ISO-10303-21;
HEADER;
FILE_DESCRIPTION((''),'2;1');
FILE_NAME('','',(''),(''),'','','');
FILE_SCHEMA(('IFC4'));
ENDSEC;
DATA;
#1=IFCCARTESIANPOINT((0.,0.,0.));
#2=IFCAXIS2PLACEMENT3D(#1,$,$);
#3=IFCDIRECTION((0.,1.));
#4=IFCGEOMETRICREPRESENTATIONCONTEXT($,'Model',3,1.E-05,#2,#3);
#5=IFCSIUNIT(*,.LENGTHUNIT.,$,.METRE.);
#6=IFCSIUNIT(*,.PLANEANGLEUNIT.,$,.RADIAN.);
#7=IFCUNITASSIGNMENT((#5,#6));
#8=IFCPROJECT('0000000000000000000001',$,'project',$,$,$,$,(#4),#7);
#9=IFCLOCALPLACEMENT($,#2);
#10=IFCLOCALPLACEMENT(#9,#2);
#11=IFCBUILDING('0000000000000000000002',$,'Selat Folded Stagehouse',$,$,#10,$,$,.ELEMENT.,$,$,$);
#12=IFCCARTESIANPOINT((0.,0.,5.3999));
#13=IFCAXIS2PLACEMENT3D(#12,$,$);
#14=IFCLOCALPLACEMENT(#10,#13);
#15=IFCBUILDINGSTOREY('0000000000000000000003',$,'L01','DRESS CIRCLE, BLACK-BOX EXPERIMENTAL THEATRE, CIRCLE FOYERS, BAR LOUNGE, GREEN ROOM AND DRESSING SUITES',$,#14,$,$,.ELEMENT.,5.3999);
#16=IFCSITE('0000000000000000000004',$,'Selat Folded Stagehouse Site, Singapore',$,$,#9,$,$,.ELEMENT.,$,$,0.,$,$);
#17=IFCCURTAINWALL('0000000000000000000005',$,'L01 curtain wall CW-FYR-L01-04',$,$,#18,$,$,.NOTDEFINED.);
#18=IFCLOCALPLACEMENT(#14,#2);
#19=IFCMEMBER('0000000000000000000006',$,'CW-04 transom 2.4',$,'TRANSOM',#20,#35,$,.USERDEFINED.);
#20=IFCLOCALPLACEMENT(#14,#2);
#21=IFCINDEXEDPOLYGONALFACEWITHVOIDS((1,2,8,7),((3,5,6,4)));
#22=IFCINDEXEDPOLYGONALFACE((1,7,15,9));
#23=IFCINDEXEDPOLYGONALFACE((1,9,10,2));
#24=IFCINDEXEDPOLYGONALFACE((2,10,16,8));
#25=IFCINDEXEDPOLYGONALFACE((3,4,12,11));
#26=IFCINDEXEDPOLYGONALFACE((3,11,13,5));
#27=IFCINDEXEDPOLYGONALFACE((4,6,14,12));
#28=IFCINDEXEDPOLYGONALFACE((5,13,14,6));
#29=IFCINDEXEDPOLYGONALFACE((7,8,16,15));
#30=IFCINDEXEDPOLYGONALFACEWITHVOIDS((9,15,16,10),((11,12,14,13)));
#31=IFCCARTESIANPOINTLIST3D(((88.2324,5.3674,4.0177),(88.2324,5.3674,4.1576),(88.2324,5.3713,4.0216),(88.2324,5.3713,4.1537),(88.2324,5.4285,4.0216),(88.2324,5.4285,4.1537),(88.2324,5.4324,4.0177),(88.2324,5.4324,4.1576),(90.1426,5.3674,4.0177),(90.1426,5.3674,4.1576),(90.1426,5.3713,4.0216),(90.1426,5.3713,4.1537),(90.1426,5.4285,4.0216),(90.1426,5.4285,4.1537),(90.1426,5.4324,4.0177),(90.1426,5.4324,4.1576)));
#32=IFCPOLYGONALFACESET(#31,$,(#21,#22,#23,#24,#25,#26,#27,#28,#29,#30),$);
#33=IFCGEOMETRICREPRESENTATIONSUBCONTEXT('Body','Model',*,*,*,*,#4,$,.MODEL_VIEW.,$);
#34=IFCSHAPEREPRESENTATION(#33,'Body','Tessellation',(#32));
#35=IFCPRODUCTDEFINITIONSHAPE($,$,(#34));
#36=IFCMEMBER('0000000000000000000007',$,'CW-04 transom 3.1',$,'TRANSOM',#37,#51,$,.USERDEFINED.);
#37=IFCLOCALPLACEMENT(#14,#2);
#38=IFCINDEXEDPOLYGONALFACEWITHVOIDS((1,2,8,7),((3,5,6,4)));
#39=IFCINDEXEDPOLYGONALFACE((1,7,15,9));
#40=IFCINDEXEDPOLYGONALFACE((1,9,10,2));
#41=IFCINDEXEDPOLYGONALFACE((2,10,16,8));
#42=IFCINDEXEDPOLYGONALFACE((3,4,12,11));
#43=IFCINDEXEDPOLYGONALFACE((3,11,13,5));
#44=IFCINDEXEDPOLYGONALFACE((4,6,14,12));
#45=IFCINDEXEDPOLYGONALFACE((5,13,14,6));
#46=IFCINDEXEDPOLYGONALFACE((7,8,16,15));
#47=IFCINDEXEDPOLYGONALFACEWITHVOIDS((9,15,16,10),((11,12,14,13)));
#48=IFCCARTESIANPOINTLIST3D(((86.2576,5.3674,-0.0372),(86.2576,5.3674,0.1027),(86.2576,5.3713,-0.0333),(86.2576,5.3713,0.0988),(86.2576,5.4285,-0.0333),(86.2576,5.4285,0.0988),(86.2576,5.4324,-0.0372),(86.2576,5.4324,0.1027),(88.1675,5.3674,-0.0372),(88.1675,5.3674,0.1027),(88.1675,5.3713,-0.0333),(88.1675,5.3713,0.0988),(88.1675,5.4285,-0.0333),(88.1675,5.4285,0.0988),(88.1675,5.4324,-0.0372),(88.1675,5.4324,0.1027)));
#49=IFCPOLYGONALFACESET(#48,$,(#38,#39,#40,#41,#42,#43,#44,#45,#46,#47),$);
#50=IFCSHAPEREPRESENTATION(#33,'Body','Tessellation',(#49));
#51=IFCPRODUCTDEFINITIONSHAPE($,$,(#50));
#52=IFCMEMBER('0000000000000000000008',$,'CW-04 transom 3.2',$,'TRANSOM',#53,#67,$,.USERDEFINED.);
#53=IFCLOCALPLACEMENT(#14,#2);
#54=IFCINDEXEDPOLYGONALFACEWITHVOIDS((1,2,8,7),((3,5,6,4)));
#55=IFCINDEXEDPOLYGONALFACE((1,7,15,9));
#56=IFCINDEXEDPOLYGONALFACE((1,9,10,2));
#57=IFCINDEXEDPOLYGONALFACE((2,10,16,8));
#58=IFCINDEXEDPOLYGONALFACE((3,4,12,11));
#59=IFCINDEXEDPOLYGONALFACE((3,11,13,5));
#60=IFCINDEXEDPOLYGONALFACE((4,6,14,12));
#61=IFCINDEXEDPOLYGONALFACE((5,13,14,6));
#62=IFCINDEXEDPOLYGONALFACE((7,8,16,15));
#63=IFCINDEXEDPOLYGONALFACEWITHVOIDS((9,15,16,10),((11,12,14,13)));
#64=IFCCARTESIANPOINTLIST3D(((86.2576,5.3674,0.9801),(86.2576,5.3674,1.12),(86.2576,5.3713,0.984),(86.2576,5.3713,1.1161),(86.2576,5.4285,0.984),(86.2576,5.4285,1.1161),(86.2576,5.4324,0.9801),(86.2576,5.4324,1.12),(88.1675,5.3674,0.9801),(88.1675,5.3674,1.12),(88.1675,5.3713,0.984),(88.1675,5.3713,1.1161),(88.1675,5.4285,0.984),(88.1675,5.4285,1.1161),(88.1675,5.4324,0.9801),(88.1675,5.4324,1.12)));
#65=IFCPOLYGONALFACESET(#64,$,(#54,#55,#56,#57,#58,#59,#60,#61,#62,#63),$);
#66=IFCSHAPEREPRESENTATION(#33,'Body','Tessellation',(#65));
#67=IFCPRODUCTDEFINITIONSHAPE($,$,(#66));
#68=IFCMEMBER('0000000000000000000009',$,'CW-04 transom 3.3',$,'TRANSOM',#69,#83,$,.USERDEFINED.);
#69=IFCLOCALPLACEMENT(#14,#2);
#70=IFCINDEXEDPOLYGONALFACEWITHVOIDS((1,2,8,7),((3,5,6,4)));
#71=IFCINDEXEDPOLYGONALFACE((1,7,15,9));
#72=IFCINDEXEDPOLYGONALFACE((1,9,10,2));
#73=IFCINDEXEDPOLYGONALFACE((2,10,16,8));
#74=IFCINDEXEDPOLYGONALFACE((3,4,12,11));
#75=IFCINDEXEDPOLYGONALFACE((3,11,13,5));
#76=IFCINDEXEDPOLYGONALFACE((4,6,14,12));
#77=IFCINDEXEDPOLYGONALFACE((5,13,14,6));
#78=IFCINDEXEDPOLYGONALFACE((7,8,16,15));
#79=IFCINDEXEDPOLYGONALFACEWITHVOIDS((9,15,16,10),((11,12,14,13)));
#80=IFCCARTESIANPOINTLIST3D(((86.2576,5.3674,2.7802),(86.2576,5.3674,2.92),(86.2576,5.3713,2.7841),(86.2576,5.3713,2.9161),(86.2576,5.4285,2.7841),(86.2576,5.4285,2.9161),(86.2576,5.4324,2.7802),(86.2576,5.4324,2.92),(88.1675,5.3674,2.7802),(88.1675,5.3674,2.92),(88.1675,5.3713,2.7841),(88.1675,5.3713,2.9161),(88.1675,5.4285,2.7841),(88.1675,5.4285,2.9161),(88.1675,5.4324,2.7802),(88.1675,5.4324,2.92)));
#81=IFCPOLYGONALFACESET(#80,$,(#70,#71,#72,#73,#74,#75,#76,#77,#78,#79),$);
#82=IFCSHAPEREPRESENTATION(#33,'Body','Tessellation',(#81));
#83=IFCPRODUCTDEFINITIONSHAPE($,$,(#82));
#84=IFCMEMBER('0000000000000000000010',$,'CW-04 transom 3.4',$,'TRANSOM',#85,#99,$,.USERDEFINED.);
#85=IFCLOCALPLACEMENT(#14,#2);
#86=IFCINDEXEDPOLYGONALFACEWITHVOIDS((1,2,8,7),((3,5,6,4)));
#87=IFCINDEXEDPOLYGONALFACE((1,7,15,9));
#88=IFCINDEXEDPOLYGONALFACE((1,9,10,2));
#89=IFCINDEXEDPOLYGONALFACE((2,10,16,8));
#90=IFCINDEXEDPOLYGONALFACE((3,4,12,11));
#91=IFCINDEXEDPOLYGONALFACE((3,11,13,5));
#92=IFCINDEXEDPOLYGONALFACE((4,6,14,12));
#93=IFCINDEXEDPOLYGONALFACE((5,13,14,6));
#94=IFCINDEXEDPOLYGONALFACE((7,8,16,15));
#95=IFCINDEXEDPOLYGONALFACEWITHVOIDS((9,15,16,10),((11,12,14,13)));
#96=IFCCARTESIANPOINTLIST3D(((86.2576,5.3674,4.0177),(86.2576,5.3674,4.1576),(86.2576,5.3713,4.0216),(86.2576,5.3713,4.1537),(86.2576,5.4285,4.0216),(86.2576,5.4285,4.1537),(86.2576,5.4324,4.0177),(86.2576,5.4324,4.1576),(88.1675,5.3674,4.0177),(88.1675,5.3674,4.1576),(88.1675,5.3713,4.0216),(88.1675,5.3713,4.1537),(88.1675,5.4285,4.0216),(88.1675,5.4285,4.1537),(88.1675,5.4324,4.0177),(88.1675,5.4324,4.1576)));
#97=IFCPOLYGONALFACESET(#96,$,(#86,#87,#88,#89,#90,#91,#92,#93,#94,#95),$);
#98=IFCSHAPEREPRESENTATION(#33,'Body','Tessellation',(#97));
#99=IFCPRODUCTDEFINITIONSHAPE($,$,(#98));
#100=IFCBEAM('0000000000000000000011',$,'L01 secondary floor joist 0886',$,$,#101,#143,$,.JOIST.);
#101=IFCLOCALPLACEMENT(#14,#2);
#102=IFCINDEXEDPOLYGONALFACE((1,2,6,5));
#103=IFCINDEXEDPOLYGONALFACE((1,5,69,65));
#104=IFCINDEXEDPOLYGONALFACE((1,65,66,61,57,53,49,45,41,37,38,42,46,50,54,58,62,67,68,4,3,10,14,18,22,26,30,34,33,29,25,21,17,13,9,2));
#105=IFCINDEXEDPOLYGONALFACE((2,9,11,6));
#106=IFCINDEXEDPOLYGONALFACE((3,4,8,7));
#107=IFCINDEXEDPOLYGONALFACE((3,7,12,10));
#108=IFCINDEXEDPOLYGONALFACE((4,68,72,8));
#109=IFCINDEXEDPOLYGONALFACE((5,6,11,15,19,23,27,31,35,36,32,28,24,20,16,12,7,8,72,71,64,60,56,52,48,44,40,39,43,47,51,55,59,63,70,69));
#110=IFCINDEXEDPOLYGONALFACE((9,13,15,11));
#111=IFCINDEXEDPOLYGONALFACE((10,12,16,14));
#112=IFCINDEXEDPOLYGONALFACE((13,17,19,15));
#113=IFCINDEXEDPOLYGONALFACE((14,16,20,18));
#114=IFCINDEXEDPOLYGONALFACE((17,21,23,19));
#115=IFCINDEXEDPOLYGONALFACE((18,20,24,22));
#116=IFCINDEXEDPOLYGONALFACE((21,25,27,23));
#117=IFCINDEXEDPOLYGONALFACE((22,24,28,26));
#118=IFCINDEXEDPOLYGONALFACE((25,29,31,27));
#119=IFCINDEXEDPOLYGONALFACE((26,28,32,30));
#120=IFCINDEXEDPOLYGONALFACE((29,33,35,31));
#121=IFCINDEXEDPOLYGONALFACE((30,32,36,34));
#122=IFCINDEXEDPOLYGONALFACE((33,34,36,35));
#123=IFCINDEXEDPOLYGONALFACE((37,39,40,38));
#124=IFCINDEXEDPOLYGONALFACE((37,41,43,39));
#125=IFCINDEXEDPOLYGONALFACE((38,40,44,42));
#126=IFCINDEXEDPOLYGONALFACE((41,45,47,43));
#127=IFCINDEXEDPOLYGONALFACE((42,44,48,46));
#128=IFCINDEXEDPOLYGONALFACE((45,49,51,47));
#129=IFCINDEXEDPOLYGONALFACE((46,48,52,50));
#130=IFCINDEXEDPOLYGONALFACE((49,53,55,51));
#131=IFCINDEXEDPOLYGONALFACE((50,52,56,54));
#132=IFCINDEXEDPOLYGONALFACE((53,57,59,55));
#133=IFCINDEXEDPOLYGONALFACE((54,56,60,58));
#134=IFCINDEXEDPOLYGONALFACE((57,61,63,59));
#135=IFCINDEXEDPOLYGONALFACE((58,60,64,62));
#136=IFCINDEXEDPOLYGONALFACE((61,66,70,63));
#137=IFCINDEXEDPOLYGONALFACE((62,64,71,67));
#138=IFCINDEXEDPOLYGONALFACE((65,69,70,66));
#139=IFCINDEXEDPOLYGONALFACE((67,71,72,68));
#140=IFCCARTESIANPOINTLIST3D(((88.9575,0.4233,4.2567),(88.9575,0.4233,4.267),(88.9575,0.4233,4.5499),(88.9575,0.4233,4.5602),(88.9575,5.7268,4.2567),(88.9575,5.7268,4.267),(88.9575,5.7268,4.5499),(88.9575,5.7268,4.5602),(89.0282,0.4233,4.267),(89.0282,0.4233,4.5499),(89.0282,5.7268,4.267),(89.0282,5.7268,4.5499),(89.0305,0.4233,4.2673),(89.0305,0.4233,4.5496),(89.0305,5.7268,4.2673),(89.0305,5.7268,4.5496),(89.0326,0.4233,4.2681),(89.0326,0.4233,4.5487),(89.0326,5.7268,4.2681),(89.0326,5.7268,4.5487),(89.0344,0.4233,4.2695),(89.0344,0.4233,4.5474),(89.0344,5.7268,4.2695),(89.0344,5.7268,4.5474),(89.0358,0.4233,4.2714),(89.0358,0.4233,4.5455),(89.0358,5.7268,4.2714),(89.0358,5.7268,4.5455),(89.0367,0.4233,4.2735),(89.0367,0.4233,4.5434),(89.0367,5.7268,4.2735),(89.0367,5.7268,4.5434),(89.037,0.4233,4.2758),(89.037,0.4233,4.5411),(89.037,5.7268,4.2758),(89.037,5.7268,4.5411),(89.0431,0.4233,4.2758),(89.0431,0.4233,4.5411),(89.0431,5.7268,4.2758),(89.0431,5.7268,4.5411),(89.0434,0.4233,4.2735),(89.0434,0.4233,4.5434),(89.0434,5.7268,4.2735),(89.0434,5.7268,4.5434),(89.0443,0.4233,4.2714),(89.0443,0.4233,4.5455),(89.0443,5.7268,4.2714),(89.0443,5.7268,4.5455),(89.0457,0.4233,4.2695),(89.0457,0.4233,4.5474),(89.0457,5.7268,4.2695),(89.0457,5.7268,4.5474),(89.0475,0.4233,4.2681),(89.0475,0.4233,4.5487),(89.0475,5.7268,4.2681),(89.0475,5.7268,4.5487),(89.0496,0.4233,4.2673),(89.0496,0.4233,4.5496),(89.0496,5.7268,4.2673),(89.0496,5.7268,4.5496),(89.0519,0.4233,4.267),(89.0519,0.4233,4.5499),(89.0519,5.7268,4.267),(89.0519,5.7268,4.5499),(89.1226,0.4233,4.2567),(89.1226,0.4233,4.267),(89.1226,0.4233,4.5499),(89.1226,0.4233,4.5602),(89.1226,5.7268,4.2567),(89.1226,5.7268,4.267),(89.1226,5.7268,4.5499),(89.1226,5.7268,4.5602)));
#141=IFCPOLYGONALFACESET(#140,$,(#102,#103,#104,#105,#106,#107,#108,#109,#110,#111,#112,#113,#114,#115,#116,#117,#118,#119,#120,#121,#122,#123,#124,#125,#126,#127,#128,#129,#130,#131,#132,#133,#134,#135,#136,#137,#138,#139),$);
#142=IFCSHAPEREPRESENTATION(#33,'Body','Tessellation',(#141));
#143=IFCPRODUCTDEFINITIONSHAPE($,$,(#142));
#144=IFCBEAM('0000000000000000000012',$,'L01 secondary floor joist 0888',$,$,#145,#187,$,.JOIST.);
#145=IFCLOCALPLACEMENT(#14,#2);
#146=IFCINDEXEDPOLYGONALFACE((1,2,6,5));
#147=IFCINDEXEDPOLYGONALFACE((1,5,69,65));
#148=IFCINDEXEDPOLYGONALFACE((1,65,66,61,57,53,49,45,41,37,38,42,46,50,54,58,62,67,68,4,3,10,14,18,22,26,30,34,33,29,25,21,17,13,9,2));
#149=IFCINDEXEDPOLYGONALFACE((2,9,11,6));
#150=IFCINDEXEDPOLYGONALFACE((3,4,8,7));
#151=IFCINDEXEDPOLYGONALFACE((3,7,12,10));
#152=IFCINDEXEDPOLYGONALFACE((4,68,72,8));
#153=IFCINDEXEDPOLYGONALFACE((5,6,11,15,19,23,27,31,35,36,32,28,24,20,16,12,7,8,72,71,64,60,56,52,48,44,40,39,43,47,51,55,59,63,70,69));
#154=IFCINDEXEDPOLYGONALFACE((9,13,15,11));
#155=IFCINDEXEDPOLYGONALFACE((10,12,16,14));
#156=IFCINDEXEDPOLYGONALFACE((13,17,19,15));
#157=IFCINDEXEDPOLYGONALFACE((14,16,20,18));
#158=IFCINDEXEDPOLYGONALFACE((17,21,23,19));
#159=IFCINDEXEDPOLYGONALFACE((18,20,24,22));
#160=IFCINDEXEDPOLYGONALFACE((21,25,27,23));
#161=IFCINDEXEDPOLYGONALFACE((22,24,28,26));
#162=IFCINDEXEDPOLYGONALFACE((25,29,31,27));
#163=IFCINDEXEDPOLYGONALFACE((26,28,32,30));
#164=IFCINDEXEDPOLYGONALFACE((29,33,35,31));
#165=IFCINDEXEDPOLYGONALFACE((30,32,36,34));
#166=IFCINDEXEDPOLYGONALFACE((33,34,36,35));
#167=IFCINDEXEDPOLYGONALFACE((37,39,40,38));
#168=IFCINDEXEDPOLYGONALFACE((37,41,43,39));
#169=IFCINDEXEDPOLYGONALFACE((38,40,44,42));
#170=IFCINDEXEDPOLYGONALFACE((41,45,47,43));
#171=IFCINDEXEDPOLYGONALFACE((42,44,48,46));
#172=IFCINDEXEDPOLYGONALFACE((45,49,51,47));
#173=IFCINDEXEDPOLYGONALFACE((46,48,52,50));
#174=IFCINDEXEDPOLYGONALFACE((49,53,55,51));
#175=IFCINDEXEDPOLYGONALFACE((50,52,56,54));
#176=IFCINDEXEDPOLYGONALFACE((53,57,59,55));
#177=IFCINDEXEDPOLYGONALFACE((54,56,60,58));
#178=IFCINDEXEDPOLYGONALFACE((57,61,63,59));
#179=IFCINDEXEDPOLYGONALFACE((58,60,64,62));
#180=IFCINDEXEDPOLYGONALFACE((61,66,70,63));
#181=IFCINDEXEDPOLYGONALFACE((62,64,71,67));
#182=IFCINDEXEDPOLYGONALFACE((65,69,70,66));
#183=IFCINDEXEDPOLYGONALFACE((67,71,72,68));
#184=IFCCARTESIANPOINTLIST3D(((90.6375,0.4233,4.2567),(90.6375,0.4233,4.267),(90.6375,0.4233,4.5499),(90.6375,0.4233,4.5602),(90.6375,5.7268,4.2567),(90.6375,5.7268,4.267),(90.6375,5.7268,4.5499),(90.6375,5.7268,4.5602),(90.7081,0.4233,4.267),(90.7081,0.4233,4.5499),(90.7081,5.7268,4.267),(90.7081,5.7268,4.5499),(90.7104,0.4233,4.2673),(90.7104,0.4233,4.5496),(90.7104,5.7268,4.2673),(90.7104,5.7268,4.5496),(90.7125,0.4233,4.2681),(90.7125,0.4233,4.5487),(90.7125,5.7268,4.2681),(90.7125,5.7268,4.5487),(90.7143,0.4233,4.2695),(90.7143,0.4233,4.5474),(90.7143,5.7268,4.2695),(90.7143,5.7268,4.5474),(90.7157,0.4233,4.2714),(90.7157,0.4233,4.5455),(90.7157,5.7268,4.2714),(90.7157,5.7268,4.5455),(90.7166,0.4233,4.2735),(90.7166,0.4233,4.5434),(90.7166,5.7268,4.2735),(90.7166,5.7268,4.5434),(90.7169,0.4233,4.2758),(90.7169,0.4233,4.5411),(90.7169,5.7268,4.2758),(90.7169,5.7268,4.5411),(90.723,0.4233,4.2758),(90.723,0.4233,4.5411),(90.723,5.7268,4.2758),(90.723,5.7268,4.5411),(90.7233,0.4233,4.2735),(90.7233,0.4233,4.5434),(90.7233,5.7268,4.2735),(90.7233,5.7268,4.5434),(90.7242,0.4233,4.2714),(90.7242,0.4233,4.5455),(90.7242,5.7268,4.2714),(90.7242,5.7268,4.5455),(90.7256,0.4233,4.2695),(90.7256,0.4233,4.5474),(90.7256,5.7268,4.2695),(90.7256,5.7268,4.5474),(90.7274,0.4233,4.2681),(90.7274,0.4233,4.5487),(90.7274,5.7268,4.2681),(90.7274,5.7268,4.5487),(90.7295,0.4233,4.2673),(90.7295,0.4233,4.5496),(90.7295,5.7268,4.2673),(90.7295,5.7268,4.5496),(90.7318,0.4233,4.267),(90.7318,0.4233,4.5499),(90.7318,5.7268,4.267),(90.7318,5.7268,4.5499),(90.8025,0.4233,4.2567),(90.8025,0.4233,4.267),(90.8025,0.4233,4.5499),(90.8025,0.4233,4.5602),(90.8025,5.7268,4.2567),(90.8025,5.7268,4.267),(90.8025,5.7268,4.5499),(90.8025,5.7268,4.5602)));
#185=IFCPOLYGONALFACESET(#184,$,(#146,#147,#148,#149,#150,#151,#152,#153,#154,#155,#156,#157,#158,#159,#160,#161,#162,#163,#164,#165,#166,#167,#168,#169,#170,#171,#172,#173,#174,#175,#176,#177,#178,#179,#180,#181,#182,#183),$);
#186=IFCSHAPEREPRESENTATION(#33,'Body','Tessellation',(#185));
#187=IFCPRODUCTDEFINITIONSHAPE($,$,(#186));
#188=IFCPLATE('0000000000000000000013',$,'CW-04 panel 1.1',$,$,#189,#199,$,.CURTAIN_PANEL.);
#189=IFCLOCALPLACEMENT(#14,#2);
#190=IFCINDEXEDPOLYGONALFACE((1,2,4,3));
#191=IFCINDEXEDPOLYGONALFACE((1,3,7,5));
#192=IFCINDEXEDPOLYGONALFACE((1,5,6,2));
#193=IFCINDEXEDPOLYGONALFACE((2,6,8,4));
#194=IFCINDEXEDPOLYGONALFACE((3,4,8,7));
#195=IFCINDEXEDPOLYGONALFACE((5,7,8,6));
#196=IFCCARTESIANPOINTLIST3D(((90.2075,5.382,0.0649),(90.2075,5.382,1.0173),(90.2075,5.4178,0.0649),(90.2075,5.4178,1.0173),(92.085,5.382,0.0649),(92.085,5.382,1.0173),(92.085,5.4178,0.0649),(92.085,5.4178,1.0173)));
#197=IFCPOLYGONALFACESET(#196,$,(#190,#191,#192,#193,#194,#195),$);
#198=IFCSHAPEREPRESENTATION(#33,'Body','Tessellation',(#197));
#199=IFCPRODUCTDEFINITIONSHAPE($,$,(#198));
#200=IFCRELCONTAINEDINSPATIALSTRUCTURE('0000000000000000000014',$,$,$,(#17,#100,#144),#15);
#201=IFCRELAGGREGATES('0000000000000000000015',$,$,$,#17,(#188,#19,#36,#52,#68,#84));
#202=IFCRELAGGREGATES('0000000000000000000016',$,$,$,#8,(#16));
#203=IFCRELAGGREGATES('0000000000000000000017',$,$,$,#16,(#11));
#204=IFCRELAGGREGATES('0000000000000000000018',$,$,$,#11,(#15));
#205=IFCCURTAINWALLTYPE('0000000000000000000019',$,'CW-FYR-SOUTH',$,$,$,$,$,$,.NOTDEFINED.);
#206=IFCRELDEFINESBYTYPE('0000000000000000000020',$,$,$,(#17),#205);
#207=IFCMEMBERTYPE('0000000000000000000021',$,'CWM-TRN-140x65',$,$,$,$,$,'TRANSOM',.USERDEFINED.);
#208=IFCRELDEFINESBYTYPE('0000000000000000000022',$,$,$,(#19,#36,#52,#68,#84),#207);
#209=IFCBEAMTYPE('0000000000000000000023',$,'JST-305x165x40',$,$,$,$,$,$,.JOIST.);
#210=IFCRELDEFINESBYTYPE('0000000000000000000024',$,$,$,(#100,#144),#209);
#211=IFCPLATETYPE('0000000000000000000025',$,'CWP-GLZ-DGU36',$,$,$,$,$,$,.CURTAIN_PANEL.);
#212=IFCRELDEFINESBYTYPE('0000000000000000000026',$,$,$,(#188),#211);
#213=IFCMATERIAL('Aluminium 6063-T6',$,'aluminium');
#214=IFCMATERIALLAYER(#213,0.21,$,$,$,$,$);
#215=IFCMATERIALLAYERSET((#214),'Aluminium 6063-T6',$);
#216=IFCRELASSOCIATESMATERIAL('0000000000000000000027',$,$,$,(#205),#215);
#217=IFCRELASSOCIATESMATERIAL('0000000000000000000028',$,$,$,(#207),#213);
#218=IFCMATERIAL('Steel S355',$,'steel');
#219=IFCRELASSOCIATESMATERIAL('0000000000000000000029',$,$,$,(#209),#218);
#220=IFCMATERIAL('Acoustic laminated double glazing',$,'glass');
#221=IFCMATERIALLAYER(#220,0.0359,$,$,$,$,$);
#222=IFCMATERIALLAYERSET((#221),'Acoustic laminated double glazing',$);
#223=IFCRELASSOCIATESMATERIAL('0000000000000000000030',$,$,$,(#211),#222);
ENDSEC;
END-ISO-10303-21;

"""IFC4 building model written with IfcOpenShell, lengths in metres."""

from ifc_helpers import new_model, si_unit, direction, frame, origin, origin_2d, place, context, subcontext, project, spatial, rectangle, hollow_rectangle, i_section, extrude, material, layer, layer_set, material_profile, profile_set, type_object, element, aggregate, save


model = new_model("IFC4")

# Units and contexts
model_context = context("Model", 3, precision=1e-05, world=origin(), true_north=direction((0.0, 1.0)))
body_context = subcontext(model_context, "Body", "Model", "MODEL_VIEW")
ifc_project = project(units=[si_unit("LENGTHUNIT", "METRE"), si_unit("PLANEANGLEUNIT", "RADIAN")], contexts=[model_context])

# Site, building, storey
site_placement = place(None, origin())
site = spatial("IfcSite", under=ifc_project, at=site_placement, Name="Selat Folded Stagehouse Site, Singapore", CompositionType="ELEMENT", RefElevation=0.0)
building_placement = place(site_placement, origin())
building = spatial("IfcBuilding", under=site, at=building_placement, Name="Selat Folded Stagehouse", CompositionType="ELEMENT")
storey_placement = place(building_placement, frame((0.0, 0.0, 5.3999)))
storey = spatial("IfcBuildingStorey", under=building, at=storey_placement, Name="L01", Description="DRESS CIRCLE, BLACK-BOX EXPERIMENTAL THEATRE, CIRCLE FOYERS, BAR LOUNGE, GREEN ROOM AND DRESSING SUITES", CompositionType="ELEMENT", Elevation=5.3999)

# Shared definitions
ifc_material_1 = material(Name="Steel S355", Category="steel")

# Curtain wall, members
ifc_material_2 = material(Name="Aluminium 6063-T6", Category="aluminium")
ifc_layer_1 = layer(ifc_material_2, 0.21)
ifc_layer_set_1 = layer_set([ifc_layer_1], Name="Aluminium 6063-T6")
curtain_wall_type = type_object("IfcCurtainWallType", Name="CW-FYR-SOUTH", PredefinedType="NOTDEFINED", material=ifc_layer_set_1)
curtain_wall_placement = place(storey_placement, origin())
curtain_wall = element("IfcCurtainWall", 1, at=curtain_wall_placement, inside=storey, type_object=curtain_wall_type, Name="L01 curtain wall CW-FYR-L01-04", PredefinedType="NOTDEFINED")
ifc_material_profile_1 = material_profile(ifc_material_2, hollow_rectangle(XDim=0.0649, YDim=0.1399, WallThickness=0.0039, at=origin_2d()), Name="ALU 140x65x4.0")
ifc_profile_set_1 = profile_set([ifc_material_profile_1], Name="Aluminium 6063-T6")
member_type_1 = type_object("IfcMemberType", Name="CWM-TRN-140x65", ElementType="TRANSOM", PredefinedType="USERDEFINED", material=ifc_profile_set_1)
member_1_placement = place(storey_placement, frame((90.1426, 5.3999, 4.0876), z_axis=(-1.0, 0.0, 0.0), x_axis=(0.0, -1.0, 0.0)))
member_1 = element("IfcMember", 2, at=member_1_placement, type_object=member_type_1, Name="CW-04 transom 2.4", ObjectType="TRANSOM", PredefinedType="USERDEFINED", context=body_context, shape_type="SweptSolid", body=[
    extrude(hollow_rectangle(XDim=0.0649, YDim=0.1399, WallThickness=0.0039, at=origin_2d()), origin(), (0.0, 0.0, 1.0), 1.9102),
])
member_2_placement = place(storey_placement, frame((88.1675, 5.3999, 0.0327), z_axis=(-1.0, 0.0, 0.0), x_axis=(0.0, -1.0, 0.0)))
member_2 = element("IfcMember", 3, at=member_2_placement, type_object=member_type_1, Name="CW-04 transom 3.1", ObjectType="TRANSOM", PredefinedType="USERDEFINED", context=body_context, shape_type="SweptSolid", body=[
    extrude(hollow_rectangle(XDim=0.0649, YDim=0.1399, WallThickness=0.0039, at=origin_2d()), origin(), (0.0, 0.0, 1.0), 1.9099),
])
member_3_placement = place(storey_placement, frame((88.1675, 5.3999, 1.05), z_axis=(-1.0, 0.0, 0.0), x_axis=(0.0, -1.0, 0.0)))
member_3 = element("IfcMember", 4, at=member_3_placement, type_object=member_type_1, Name="CW-04 transom 3.2", ObjectType="TRANSOM", PredefinedType="USERDEFINED", context=body_context, shape_type="SweptSolid", body=[
    extrude(hollow_rectangle(XDim=0.0649, YDim=0.1399, WallThickness=0.0039, at=origin_2d()), origin(), (0.0, 0.0, 1.0), 1.9099),
])
member_4_placement = place(storey_placement, frame((88.1675, 5.3999, 2.8501), z_axis=(-1.0, 0.0, 0.0), x_axis=(0.0, -1.0, 0.0)))
member_4 = element("IfcMember", 5, at=member_4_placement, type_object=member_type_1, Name="CW-04 transom 3.3", ObjectType="TRANSOM", PredefinedType="USERDEFINED", context=body_context, shape_type="SweptSolid", body=[
    extrude(hollow_rectangle(XDim=0.0649, YDim=0.1399, WallThickness=0.0039, at=origin_2d()), origin(), (0.0, 0.0, 1.0), 1.9099),
])
member_5_placement = place(storey_placement, frame((88.1675, 5.3999, 4.0876), z_axis=(-1.0, 0.0, 0.0), x_axis=(0.0, -1.0, 0.0)))
member_5 = element("IfcMember", 6, at=member_5_placement, type_object=member_type_1, Name="CW-04 transom 3.4", ObjectType="TRANSOM", PredefinedType="USERDEFINED", context=body_context, shape_type="SweptSolid", body=[
    extrude(hollow_rectangle(XDim=0.0649, YDim=0.1399, WallThickness=0.0039, at=origin_2d()), origin(), (0.0, 0.0, 1.0), 1.9099),
])

# Beams
ifc_material_profile_2 = material_profile(ifc_material_1, i_section(OverallWidth=0.165, OverallDepth=0.3035, WebThickness=0.0061, FlangeThickness=0.0103, FilletRadius=0.0088, at=origin_2d()), Name="UKB 305x165x40")
ifc_profile_set_2 = profile_set([ifc_material_profile_2], Name="Steel S355")
beam_type = type_object("IfcBeamType", Name="JST-305x165x40", PredefinedType="JOIST", material=ifc_profile_set_2)
for number, where, z_axis, x_axis, name in (
    (7, (89.04, 0.4233, 4.4084), (0.0, 1.0, 0.0), (-1.0, 0.0, 0.0), "L01 secondary floor joist 0886"),
    (8, (90.72, 0.4233, 4.4084), (0.0, 1.0, 0.0), (-1.0, 0.0, 0.0), "L01 secondary floor joist 0888"),
):
    element("IfcBeam", number, at=place(storey_placement, frame(where, z_axis=z_axis, x_axis=x_axis)), inside=storey, type_object=beam_type, Name=name, PredefinedType="JOIST", context=body_context, shape_type="SweptSolid", body=[
        extrude(i_section(OverallWidth=0.165, OverallDepth=0.3035, WebThickness=0.0061, FlangeThickness=0.0103, FilletRadius=0.0088, at=origin_2d()), origin(), (0.0, 0.0, 1.0), 5.3035),
    ])

# Plate
ifc_material_3 = material(Name="Acoustic laminated double glazing", Category="glass")
ifc_layer_2 = layer(ifc_material_3, 0.0359)
ifc_layer_set_2 = layer_set([ifc_layer_2], Name="Acoustic laminated double glazing")
plate_type = type_object("IfcPlateType", Name="CWP-GLZ-DGU36", PredefinedType="CURTAIN_PANEL", material=ifc_layer_set_2)
plate_1_placement = place(storey_placement, frame((91.1462, 5.3999, 0.0649), z_axis=(0.0, 0.0, 1.0), x_axis=(-1.0, 0.0, 0.0)))
plate_1 = element("IfcPlate", 9, at=plate_1_placement, type_object=plate_type, Name="CW-04 panel 1.1", PredefinedType="CURTAIN_PANEL", context=body_context, shape_type="SweptSolid", body=[
    extrude(rectangle(XDim=1.8774, YDim=0.0359, at=origin_2d()), origin(), (0.0, 0.0, 1.0), 0.9524),
])
aggregate(curtain_wall, [plate_1, member_1, member_2, member_3, member_4, member_5])

save(model, "model.ifc")
